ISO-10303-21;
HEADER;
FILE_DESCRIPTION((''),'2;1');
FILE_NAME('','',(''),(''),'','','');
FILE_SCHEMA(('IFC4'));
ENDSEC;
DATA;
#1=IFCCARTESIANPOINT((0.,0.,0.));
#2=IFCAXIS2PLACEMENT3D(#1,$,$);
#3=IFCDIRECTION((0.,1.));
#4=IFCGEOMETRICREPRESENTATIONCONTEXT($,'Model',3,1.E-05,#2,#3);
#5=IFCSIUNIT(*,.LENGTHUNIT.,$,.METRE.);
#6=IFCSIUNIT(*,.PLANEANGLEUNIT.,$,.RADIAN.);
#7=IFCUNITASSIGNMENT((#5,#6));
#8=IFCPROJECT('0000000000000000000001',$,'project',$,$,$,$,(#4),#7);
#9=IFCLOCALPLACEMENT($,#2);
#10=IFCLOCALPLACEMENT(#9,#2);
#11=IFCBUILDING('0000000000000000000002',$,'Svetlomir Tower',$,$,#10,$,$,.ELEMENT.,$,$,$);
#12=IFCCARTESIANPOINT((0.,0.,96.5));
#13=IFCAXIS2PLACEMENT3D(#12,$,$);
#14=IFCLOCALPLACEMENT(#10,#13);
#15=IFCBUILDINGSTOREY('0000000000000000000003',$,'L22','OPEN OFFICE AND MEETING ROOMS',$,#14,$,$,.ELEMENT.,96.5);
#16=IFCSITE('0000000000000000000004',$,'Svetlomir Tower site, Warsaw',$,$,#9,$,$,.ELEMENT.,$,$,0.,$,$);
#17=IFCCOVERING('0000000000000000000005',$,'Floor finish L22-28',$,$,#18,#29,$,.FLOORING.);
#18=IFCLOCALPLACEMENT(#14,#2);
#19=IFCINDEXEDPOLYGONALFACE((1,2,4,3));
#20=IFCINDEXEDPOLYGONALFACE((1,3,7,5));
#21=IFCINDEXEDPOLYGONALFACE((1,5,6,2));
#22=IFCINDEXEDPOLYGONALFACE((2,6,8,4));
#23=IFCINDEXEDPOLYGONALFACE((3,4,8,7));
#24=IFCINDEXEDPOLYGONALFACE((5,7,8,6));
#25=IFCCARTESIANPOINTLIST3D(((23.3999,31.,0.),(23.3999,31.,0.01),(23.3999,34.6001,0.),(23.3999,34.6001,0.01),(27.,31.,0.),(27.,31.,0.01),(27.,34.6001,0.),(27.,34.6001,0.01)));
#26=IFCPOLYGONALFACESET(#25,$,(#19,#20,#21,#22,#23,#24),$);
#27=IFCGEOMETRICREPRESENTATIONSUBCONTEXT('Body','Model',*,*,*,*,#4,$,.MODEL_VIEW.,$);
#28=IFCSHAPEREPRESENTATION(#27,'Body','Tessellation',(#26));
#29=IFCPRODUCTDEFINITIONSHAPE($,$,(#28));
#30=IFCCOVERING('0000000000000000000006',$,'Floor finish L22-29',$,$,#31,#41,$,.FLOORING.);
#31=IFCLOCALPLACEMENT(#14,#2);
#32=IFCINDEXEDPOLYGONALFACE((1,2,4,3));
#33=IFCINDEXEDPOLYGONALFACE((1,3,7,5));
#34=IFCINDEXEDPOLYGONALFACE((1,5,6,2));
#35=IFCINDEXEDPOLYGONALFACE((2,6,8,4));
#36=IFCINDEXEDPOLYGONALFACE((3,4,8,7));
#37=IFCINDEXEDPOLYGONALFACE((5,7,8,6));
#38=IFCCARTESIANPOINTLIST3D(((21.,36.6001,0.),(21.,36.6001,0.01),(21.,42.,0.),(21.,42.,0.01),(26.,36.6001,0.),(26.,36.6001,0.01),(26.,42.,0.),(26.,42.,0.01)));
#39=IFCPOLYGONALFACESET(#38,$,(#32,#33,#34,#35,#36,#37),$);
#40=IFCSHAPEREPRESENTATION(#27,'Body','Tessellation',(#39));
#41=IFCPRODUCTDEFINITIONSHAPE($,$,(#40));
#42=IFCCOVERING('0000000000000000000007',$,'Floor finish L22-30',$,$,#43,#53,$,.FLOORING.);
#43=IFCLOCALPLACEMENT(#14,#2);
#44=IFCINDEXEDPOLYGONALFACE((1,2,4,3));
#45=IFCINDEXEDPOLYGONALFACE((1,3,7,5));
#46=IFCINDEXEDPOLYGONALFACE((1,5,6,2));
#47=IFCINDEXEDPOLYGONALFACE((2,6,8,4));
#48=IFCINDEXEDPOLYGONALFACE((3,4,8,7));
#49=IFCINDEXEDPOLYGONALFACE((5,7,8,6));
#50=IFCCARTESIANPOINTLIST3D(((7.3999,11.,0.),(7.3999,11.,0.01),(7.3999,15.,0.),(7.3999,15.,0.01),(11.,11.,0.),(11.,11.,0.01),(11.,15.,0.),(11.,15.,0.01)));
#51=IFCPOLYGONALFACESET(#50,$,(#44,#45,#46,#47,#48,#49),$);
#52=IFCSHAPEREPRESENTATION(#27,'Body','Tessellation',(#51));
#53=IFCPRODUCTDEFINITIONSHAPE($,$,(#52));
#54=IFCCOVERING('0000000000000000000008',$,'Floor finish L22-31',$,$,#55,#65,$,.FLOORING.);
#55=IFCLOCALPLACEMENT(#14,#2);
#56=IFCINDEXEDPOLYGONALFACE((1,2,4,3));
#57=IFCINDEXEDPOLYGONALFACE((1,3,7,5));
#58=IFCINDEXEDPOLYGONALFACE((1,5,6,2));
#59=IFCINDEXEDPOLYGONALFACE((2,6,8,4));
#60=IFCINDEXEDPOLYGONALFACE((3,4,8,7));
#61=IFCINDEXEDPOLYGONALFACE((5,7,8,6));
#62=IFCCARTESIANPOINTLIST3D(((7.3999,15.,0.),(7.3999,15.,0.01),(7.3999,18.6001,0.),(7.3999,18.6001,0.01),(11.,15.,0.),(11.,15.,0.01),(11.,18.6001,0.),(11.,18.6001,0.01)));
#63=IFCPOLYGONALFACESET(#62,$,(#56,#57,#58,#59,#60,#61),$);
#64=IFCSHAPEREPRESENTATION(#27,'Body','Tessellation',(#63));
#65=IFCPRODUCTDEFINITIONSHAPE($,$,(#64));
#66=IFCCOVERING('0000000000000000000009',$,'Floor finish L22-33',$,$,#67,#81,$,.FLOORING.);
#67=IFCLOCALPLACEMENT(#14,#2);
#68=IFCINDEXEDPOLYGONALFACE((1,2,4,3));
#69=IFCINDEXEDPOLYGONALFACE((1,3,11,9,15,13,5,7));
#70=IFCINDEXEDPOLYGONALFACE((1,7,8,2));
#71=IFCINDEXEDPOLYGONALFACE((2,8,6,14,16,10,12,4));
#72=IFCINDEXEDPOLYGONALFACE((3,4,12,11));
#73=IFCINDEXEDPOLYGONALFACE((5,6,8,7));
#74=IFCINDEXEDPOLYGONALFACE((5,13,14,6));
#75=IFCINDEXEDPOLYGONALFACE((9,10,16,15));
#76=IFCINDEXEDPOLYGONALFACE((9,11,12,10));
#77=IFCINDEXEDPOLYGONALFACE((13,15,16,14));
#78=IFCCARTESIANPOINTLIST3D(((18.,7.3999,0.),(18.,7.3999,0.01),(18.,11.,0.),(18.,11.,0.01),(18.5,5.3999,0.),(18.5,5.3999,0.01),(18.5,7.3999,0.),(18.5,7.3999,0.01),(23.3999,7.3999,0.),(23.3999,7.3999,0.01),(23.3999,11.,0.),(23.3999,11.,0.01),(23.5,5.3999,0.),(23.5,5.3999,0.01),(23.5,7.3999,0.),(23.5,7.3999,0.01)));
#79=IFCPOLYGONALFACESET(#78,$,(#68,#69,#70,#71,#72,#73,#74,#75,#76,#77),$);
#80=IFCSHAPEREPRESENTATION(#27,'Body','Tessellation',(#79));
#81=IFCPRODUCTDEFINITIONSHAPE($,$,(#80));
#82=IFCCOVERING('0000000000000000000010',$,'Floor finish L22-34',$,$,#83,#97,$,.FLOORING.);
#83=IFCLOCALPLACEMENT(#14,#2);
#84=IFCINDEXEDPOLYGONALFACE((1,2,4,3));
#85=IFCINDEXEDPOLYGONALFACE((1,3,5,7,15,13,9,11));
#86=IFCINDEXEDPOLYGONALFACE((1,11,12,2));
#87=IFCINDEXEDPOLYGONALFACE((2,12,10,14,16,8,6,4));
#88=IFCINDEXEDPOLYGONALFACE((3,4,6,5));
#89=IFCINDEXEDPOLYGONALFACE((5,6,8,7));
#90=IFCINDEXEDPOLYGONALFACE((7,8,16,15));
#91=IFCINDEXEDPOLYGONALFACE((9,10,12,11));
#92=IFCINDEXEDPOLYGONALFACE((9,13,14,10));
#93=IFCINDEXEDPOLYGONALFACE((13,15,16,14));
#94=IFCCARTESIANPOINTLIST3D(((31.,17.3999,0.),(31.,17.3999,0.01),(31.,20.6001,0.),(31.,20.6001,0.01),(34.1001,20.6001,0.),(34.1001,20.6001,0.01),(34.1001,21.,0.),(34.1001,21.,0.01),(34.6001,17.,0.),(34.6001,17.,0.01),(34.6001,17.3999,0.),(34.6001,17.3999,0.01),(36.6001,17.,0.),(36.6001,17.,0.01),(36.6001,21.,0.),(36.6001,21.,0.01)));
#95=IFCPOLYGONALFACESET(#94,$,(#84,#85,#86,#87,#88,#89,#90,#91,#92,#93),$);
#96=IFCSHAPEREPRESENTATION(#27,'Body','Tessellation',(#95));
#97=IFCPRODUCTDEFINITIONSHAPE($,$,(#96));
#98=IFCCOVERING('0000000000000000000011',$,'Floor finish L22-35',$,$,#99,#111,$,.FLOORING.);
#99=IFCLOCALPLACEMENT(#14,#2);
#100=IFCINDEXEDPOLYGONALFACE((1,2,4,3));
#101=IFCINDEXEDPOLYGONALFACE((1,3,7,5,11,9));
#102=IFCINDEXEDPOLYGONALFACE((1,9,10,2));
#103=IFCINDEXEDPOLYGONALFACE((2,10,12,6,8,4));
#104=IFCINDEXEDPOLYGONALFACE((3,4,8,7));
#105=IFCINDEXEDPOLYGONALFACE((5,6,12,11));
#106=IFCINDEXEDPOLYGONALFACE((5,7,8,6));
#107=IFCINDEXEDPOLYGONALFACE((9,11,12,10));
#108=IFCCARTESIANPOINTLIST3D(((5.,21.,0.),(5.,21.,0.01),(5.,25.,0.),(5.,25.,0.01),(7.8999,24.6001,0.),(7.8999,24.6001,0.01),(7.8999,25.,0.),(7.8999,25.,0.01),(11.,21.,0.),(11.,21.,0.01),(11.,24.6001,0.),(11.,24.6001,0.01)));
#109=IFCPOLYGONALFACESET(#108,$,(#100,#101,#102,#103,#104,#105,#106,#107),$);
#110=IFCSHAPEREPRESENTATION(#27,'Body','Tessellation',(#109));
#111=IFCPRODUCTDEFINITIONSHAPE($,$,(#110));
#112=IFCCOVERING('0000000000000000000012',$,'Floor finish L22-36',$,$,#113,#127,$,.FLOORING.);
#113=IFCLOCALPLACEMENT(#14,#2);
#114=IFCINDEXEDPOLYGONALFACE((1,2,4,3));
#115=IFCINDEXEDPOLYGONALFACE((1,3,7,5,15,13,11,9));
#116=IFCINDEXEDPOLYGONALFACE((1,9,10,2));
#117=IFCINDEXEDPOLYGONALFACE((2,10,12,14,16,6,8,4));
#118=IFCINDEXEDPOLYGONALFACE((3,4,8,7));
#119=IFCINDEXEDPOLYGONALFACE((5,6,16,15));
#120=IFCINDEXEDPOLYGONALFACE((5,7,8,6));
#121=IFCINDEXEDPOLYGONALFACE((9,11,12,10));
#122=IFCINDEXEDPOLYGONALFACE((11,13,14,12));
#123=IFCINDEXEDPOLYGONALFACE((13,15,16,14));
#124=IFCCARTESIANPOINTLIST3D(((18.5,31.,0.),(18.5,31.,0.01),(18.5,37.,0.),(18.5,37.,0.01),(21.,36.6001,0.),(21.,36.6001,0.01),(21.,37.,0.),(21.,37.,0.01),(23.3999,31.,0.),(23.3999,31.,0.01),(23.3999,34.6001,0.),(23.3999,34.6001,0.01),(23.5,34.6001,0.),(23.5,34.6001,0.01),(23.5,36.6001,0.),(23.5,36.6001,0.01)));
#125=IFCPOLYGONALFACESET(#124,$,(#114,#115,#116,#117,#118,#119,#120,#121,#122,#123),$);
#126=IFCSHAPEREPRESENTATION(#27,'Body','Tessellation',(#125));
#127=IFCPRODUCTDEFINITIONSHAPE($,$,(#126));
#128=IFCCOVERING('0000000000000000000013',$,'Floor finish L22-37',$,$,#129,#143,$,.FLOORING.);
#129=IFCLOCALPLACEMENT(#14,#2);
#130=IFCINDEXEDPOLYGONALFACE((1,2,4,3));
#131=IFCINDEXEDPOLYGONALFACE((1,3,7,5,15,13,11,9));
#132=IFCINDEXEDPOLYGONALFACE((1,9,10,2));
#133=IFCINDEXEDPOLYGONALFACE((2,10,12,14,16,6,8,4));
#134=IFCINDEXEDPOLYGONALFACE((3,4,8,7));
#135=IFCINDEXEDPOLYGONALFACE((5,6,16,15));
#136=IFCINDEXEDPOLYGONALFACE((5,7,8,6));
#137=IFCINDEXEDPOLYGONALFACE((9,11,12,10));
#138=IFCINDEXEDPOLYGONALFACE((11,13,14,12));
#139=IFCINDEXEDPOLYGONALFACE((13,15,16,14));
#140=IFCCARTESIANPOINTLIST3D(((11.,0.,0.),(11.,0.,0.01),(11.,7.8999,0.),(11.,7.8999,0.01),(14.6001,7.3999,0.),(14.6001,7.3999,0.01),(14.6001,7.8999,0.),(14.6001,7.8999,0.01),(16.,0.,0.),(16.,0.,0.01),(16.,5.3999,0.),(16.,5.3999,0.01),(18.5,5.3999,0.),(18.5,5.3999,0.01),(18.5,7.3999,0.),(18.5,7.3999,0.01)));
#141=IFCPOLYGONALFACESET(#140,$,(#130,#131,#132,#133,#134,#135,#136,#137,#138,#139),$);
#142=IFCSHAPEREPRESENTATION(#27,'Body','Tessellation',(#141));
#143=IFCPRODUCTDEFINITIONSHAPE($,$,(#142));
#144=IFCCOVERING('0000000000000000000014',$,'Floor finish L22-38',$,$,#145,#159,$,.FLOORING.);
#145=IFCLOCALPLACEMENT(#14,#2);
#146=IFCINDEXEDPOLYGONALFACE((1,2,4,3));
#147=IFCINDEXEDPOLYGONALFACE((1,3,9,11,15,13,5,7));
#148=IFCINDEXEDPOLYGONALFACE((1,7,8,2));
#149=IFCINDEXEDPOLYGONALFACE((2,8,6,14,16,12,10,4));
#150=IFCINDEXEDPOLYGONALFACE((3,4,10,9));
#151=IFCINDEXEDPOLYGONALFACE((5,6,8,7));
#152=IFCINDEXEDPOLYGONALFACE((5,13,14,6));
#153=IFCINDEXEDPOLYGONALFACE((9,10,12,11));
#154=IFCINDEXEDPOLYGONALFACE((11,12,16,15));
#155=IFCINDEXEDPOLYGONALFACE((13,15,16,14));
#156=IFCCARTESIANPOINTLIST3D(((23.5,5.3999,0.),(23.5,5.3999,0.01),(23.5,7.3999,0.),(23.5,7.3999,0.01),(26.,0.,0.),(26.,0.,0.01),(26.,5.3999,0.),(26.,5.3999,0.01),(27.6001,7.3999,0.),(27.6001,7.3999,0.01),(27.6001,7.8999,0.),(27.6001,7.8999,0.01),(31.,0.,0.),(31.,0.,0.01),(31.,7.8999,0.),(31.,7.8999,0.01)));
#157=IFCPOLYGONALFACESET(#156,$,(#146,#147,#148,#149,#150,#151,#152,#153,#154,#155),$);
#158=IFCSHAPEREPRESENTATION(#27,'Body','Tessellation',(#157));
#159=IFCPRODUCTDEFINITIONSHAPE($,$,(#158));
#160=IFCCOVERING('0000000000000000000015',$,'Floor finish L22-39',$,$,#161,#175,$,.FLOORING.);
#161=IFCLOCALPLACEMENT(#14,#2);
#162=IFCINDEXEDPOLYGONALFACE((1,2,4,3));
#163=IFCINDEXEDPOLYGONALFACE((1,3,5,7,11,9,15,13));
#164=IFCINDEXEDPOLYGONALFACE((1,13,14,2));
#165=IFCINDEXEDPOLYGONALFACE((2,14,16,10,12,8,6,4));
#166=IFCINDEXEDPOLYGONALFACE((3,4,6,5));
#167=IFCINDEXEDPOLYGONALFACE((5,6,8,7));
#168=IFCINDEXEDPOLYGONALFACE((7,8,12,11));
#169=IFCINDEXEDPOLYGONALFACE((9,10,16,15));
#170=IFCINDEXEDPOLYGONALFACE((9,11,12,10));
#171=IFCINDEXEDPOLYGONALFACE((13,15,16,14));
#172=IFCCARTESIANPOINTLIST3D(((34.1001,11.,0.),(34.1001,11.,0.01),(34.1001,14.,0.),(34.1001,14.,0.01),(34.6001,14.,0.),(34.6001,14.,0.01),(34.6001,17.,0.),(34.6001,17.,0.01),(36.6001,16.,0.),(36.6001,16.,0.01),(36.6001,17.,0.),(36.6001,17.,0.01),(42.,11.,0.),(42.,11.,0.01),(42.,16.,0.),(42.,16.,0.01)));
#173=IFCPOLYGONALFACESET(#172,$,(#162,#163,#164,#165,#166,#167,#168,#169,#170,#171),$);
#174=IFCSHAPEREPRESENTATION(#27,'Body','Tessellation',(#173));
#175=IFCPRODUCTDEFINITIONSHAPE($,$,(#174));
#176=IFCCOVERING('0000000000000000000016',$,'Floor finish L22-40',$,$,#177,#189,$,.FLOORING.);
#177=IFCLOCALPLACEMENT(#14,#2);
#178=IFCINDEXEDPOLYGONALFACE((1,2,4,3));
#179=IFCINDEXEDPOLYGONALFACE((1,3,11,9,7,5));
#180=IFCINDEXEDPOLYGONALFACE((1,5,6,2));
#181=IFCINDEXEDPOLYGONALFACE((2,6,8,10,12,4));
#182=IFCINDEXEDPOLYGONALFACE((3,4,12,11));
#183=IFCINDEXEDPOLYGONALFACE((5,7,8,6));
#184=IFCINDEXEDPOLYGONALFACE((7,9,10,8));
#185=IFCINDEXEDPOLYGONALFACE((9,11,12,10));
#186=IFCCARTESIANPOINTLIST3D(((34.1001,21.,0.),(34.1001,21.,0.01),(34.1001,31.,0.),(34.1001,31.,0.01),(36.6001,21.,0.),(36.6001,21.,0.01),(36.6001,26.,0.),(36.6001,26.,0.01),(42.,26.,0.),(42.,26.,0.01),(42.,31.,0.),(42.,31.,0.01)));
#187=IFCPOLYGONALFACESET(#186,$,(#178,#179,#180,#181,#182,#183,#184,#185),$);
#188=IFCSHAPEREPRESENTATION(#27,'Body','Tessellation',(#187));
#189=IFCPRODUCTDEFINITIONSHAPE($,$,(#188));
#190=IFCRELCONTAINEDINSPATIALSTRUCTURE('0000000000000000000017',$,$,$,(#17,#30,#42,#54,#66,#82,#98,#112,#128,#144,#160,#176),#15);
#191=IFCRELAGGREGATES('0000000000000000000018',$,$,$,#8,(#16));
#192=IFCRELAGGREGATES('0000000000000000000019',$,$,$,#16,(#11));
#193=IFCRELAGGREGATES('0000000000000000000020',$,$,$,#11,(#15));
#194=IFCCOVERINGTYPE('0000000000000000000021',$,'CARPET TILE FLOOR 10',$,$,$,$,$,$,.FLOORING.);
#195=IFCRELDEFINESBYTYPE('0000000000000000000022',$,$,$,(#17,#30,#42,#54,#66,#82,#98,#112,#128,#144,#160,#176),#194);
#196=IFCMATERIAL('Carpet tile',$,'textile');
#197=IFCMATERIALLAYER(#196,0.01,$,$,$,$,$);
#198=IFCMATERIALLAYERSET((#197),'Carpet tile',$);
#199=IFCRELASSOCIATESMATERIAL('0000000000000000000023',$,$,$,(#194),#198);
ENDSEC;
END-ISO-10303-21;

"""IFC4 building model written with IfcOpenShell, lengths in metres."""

from ifc_helpers import new_model, si_unit, direction, frame, origin, place, context, subcontext, project, spatial, polyline, outline, extrude, material, layer, layer_set, type_object, element, save


model = new_model("IFC4")

# Units and contexts
model_context = context("Model", 3, precision=1e-05, world=origin(), true_north=direction((0.0, 1.0)))
body_context = subcontext(model_context, "Body", "Model", "MODEL_VIEW")
ifc_project = project(units=[si_unit("LENGTHUNIT", "METRE"), si_unit("PLANEANGLEUNIT", "RADIAN")], contexts=[model_context])

# Site, building, storey
site_placement = place(None, origin())
site = spatial("IfcSite", under=ifc_project, at=site_placement, Name="Svetlomir Tower site, Warsaw", CompositionType="ELEMENT", RefElevation=0.0)
building_placement = place(site_placement, origin())
building = spatial("IfcBuilding", under=site, at=building_placement, Name="Svetlomir Tower", CompositionType="ELEMENT")
storey_placement = place(building_placement, frame((0.0, 0.0, 96.5)))
storey = spatial("IfcBuildingStorey", under=building, at=storey_placement, Name="L22", Description="OPEN OFFICE AND MEETING ROOMS", CompositionType="ELEMENT", Elevation=96.5)

# Coverings
ifc_material_1 = material(Name="Carpet tile", Category="textile")
ifc_layer_1 = layer(ifc_material_1, 0.01)
ifc_layer_set_1 = layer_set([ifc_layer_1], Name="Carpet tile")
covering_type_1 = type_object("IfcCoveringType", Name="CARPET TILE FLOOR 10", PredefinedType="FLOORING", material=ifc_layer_set_1)
covering_1_placement = place(storey_placement, origin())
element("IfcCovering", 1, at=covering_1_placement, inside=storey, type_object=covering_type_1, Name="Floor finish L22-28", PredefinedType="FLOORING", context=body_context, shape_type="SweptSolid", body=[
    extrude(outline(polyline([(23.3999, 31.0), (27.0, 31.0), (27.0, 34.6001), (23.3999, 34.6001), (23.3999, 31.0)])), origin(), (0.0, 0.0, 1.0), 0.01),
])
covering_2_placement = place(storey_placement, origin())
element("IfcCovering", 2, at=covering_2_placement, inside=storey, type_object=covering_type_1, Name="Floor finish L22-29", PredefinedType="FLOORING", context=body_context, shape_type="SweptSolid", body=[
    extrude(outline(polyline([(21.0, 36.6001), (26.0, 36.6001), (26.0, 42.0), (21.0, 42.0), (21.0, 36.6001)])), origin(), (0.0, 0.0, 1.0), 0.01),
])
covering_3_placement = place(storey_placement, origin())
element("IfcCovering", 3, at=covering_3_placement, inside=storey, type_object=covering_type_1, Name="Floor finish L22-30", PredefinedType="FLOORING", context=body_context, shape_type="SweptSolid", body=[
    extrude(outline(polyline([(7.3999, 11.0), (11.0, 11.0), (11.0, 15.0), (7.3999, 15.0), (7.3999, 11.0)])), origin(), (0.0, 0.0, 1.0), 0.01),
])
covering_4_placement = place(storey_placement, origin())
element("IfcCovering", 4, at=covering_4_placement, inside=storey, type_object=covering_type_1, Name="Floor finish L22-31", PredefinedType="FLOORING", context=body_context, shape_type="SweptSolid", body=[
    extrude(outline(polyline([(7.3999, 15.0), (11.0, 15.0), (11.0, 18.6001), (7.3999, 18.6001), (7.3999, 15.0)])), origin(), (0.0, 0.0, 1.0), 0.01),
])
covering_5_placement = place(storey_placement, origin())
element("IfcCovering", 5, at=covering_5_placement, inside=storey, type_object=covering_type_1, Name="Floor finish L22-33", PredefinedType="FLOORING", context=body_context, shape_type="SweptSolid", body=[
    extrude(outline(polyline([(23.5, 7.3999), (23.5, 5.3999), (18.5, 5.3999), (18.5, 7.3999), (18.0, 7.3999), (18.0, 11.0), (23.3999, 11.0), (23.3999, 7.3999), (23.5, 7.3999)])), origin(), (0.0, 0.0, 1.0), 0.01),
])
covering_6_placement = place(storey_placement, origin())
element("IfcCovering", 6, at=covering_6_placement, inside=storey, type_object=covering_type_1, Name="Floor finish L22-34", PredefinedType="FLOORING", context=body_context, shape_type="SweptSolid", body=[
    extrude(outline(polyline([(31.0, 20.6001), (34.1001, 20.6001), (34.1001, 21.0), (36.6001, 21.0), (36.6001, 17.0), (34.6001, 17.0), (34.6001, 17.3999), (31.0, 17.3999), (31.0, 20.6001)])), origin(), (0.0, 0.0, 1.0), 0.01),
])
covering_7_placement = place(storey_placement, origin())
element("IfcCovering", 7, at=covering_7_placement, inside=storey, type_object=covering_type_1, Name="Floor finish L22-35", PredefinedType="FLOORING", context=body_context, shape_type="SweptSolid", body=[
    extrude(outline(polyline([(5.0, 21.0), (5.0, 25.0), (7.8999, 25.0), (7.8999, 24.6001), (11.0, 24.6001), (11.0, 21.0), (5.0, 21.0)])), origin(), (0.0, 0.0, 1.0), 0.01),
])
covering_8_placement = place(storey_placement, origin())
element("IfcCovering", 8, at=covering_8_placement, inside=storey, type_object=covering_type_1, Name="Floor finish L22-36", PredefinedType="FLOORING", context=body_context, shape_type="SweptSolid", body=[
    extrude(outline(polyline([(18.5, 37.0), (21.0, 37.0), (21.0, 36.6001), (23.5, 36.6001), (23.5, 34.6001), (23.3999, 34.6001), (23.3999, 31.0), (18.5, 31.0), (18.5, 37.0)])), origin(), (0.0, 0.0, 1.0), 0.01),
])
covering_9_placement = place(storey_placement, origin())
element("IfcCovering", 9, at=covering_9_placement, inside=storey, type_object=covering_type_1, Name="Floor finish L22-37", PredefinedType="FLOORING", context=body_context, shape_type="SweptSolid", body=[
    extrude(outline(polyline([(14.6001, 7.8999), (14.6001, 7.3999), (18.5, 7.3999), (18.5, 5.3999), (16.0, 5.3999), (16.0, 0.0), (11.0, 0.0), (11.0, 7.8999), (14.6001, 7.8999)])), origin(), (0.0, 0.0, 1.0), 0.01),
])
covering_10_placement = place(storey_placement, origin())
element("IfcCovering", 10, at=covering_10_placement, inside=storey, type_object=covering_type_1, Name="Floor finish L22-38", PredefinedType="FLOORING", context=body_context, shape_type="SweptSolid", body=[
    extrude(outline(polyline([(27.6001, 7.8999), (31.0, 7.8999), (31.0, 0.0), (26.0, 0.0), (26.0, 5.3999), (23.5, 5.3999), (23.5, 7.3999), (27.6001, 7.3999), (27.6001, 7.8999)])), origin(), (0.0, 0.0, 1.0), 0.01),
])
covering_11_placement = place(storey_placement, origin())
element("IfcCovering", 11, at=covering_11_placement, inside=storey, type_object=covering_type_1, Name="Floor finish L22-39", PredefinedType="FLOORING", context=body_context, shape_type="SweptSolid", body=[
    extrude(outline(polyline([(34.1001, 14.0), (34.6001, 14.0), (34.6001, 17.0), (36.6001, 17.0), (36.6001, 16.0), (42.0, 16.0), (42.0, 11.0), (34.1001, 11.0), (34.1001, 14.0)])), origin(), (0.0, 0.0, 1.0), 0.01),
])
covering_12_placement = place(storey_placement, origin())
element("IfcCovering", 12, at=covering_12_placement, inside=storey, type_object=covering_type_1, Name="Floor finish L22-40", PredefinedType="FLOORING", context=body_context, shape_type="SweptSolid", body=[
    extrude(outline(polyline([(34.1001, 31.0), (42.0, 31.0), (42.0, 26.0), (36.6001, 26.0), (36.6001, 21.0), (34.1001, 21.0), (34.1001, 31.0)])), origin(), (0.0, 0.0, 1.0), 0.01),
])

save(model, "model.ifc")
